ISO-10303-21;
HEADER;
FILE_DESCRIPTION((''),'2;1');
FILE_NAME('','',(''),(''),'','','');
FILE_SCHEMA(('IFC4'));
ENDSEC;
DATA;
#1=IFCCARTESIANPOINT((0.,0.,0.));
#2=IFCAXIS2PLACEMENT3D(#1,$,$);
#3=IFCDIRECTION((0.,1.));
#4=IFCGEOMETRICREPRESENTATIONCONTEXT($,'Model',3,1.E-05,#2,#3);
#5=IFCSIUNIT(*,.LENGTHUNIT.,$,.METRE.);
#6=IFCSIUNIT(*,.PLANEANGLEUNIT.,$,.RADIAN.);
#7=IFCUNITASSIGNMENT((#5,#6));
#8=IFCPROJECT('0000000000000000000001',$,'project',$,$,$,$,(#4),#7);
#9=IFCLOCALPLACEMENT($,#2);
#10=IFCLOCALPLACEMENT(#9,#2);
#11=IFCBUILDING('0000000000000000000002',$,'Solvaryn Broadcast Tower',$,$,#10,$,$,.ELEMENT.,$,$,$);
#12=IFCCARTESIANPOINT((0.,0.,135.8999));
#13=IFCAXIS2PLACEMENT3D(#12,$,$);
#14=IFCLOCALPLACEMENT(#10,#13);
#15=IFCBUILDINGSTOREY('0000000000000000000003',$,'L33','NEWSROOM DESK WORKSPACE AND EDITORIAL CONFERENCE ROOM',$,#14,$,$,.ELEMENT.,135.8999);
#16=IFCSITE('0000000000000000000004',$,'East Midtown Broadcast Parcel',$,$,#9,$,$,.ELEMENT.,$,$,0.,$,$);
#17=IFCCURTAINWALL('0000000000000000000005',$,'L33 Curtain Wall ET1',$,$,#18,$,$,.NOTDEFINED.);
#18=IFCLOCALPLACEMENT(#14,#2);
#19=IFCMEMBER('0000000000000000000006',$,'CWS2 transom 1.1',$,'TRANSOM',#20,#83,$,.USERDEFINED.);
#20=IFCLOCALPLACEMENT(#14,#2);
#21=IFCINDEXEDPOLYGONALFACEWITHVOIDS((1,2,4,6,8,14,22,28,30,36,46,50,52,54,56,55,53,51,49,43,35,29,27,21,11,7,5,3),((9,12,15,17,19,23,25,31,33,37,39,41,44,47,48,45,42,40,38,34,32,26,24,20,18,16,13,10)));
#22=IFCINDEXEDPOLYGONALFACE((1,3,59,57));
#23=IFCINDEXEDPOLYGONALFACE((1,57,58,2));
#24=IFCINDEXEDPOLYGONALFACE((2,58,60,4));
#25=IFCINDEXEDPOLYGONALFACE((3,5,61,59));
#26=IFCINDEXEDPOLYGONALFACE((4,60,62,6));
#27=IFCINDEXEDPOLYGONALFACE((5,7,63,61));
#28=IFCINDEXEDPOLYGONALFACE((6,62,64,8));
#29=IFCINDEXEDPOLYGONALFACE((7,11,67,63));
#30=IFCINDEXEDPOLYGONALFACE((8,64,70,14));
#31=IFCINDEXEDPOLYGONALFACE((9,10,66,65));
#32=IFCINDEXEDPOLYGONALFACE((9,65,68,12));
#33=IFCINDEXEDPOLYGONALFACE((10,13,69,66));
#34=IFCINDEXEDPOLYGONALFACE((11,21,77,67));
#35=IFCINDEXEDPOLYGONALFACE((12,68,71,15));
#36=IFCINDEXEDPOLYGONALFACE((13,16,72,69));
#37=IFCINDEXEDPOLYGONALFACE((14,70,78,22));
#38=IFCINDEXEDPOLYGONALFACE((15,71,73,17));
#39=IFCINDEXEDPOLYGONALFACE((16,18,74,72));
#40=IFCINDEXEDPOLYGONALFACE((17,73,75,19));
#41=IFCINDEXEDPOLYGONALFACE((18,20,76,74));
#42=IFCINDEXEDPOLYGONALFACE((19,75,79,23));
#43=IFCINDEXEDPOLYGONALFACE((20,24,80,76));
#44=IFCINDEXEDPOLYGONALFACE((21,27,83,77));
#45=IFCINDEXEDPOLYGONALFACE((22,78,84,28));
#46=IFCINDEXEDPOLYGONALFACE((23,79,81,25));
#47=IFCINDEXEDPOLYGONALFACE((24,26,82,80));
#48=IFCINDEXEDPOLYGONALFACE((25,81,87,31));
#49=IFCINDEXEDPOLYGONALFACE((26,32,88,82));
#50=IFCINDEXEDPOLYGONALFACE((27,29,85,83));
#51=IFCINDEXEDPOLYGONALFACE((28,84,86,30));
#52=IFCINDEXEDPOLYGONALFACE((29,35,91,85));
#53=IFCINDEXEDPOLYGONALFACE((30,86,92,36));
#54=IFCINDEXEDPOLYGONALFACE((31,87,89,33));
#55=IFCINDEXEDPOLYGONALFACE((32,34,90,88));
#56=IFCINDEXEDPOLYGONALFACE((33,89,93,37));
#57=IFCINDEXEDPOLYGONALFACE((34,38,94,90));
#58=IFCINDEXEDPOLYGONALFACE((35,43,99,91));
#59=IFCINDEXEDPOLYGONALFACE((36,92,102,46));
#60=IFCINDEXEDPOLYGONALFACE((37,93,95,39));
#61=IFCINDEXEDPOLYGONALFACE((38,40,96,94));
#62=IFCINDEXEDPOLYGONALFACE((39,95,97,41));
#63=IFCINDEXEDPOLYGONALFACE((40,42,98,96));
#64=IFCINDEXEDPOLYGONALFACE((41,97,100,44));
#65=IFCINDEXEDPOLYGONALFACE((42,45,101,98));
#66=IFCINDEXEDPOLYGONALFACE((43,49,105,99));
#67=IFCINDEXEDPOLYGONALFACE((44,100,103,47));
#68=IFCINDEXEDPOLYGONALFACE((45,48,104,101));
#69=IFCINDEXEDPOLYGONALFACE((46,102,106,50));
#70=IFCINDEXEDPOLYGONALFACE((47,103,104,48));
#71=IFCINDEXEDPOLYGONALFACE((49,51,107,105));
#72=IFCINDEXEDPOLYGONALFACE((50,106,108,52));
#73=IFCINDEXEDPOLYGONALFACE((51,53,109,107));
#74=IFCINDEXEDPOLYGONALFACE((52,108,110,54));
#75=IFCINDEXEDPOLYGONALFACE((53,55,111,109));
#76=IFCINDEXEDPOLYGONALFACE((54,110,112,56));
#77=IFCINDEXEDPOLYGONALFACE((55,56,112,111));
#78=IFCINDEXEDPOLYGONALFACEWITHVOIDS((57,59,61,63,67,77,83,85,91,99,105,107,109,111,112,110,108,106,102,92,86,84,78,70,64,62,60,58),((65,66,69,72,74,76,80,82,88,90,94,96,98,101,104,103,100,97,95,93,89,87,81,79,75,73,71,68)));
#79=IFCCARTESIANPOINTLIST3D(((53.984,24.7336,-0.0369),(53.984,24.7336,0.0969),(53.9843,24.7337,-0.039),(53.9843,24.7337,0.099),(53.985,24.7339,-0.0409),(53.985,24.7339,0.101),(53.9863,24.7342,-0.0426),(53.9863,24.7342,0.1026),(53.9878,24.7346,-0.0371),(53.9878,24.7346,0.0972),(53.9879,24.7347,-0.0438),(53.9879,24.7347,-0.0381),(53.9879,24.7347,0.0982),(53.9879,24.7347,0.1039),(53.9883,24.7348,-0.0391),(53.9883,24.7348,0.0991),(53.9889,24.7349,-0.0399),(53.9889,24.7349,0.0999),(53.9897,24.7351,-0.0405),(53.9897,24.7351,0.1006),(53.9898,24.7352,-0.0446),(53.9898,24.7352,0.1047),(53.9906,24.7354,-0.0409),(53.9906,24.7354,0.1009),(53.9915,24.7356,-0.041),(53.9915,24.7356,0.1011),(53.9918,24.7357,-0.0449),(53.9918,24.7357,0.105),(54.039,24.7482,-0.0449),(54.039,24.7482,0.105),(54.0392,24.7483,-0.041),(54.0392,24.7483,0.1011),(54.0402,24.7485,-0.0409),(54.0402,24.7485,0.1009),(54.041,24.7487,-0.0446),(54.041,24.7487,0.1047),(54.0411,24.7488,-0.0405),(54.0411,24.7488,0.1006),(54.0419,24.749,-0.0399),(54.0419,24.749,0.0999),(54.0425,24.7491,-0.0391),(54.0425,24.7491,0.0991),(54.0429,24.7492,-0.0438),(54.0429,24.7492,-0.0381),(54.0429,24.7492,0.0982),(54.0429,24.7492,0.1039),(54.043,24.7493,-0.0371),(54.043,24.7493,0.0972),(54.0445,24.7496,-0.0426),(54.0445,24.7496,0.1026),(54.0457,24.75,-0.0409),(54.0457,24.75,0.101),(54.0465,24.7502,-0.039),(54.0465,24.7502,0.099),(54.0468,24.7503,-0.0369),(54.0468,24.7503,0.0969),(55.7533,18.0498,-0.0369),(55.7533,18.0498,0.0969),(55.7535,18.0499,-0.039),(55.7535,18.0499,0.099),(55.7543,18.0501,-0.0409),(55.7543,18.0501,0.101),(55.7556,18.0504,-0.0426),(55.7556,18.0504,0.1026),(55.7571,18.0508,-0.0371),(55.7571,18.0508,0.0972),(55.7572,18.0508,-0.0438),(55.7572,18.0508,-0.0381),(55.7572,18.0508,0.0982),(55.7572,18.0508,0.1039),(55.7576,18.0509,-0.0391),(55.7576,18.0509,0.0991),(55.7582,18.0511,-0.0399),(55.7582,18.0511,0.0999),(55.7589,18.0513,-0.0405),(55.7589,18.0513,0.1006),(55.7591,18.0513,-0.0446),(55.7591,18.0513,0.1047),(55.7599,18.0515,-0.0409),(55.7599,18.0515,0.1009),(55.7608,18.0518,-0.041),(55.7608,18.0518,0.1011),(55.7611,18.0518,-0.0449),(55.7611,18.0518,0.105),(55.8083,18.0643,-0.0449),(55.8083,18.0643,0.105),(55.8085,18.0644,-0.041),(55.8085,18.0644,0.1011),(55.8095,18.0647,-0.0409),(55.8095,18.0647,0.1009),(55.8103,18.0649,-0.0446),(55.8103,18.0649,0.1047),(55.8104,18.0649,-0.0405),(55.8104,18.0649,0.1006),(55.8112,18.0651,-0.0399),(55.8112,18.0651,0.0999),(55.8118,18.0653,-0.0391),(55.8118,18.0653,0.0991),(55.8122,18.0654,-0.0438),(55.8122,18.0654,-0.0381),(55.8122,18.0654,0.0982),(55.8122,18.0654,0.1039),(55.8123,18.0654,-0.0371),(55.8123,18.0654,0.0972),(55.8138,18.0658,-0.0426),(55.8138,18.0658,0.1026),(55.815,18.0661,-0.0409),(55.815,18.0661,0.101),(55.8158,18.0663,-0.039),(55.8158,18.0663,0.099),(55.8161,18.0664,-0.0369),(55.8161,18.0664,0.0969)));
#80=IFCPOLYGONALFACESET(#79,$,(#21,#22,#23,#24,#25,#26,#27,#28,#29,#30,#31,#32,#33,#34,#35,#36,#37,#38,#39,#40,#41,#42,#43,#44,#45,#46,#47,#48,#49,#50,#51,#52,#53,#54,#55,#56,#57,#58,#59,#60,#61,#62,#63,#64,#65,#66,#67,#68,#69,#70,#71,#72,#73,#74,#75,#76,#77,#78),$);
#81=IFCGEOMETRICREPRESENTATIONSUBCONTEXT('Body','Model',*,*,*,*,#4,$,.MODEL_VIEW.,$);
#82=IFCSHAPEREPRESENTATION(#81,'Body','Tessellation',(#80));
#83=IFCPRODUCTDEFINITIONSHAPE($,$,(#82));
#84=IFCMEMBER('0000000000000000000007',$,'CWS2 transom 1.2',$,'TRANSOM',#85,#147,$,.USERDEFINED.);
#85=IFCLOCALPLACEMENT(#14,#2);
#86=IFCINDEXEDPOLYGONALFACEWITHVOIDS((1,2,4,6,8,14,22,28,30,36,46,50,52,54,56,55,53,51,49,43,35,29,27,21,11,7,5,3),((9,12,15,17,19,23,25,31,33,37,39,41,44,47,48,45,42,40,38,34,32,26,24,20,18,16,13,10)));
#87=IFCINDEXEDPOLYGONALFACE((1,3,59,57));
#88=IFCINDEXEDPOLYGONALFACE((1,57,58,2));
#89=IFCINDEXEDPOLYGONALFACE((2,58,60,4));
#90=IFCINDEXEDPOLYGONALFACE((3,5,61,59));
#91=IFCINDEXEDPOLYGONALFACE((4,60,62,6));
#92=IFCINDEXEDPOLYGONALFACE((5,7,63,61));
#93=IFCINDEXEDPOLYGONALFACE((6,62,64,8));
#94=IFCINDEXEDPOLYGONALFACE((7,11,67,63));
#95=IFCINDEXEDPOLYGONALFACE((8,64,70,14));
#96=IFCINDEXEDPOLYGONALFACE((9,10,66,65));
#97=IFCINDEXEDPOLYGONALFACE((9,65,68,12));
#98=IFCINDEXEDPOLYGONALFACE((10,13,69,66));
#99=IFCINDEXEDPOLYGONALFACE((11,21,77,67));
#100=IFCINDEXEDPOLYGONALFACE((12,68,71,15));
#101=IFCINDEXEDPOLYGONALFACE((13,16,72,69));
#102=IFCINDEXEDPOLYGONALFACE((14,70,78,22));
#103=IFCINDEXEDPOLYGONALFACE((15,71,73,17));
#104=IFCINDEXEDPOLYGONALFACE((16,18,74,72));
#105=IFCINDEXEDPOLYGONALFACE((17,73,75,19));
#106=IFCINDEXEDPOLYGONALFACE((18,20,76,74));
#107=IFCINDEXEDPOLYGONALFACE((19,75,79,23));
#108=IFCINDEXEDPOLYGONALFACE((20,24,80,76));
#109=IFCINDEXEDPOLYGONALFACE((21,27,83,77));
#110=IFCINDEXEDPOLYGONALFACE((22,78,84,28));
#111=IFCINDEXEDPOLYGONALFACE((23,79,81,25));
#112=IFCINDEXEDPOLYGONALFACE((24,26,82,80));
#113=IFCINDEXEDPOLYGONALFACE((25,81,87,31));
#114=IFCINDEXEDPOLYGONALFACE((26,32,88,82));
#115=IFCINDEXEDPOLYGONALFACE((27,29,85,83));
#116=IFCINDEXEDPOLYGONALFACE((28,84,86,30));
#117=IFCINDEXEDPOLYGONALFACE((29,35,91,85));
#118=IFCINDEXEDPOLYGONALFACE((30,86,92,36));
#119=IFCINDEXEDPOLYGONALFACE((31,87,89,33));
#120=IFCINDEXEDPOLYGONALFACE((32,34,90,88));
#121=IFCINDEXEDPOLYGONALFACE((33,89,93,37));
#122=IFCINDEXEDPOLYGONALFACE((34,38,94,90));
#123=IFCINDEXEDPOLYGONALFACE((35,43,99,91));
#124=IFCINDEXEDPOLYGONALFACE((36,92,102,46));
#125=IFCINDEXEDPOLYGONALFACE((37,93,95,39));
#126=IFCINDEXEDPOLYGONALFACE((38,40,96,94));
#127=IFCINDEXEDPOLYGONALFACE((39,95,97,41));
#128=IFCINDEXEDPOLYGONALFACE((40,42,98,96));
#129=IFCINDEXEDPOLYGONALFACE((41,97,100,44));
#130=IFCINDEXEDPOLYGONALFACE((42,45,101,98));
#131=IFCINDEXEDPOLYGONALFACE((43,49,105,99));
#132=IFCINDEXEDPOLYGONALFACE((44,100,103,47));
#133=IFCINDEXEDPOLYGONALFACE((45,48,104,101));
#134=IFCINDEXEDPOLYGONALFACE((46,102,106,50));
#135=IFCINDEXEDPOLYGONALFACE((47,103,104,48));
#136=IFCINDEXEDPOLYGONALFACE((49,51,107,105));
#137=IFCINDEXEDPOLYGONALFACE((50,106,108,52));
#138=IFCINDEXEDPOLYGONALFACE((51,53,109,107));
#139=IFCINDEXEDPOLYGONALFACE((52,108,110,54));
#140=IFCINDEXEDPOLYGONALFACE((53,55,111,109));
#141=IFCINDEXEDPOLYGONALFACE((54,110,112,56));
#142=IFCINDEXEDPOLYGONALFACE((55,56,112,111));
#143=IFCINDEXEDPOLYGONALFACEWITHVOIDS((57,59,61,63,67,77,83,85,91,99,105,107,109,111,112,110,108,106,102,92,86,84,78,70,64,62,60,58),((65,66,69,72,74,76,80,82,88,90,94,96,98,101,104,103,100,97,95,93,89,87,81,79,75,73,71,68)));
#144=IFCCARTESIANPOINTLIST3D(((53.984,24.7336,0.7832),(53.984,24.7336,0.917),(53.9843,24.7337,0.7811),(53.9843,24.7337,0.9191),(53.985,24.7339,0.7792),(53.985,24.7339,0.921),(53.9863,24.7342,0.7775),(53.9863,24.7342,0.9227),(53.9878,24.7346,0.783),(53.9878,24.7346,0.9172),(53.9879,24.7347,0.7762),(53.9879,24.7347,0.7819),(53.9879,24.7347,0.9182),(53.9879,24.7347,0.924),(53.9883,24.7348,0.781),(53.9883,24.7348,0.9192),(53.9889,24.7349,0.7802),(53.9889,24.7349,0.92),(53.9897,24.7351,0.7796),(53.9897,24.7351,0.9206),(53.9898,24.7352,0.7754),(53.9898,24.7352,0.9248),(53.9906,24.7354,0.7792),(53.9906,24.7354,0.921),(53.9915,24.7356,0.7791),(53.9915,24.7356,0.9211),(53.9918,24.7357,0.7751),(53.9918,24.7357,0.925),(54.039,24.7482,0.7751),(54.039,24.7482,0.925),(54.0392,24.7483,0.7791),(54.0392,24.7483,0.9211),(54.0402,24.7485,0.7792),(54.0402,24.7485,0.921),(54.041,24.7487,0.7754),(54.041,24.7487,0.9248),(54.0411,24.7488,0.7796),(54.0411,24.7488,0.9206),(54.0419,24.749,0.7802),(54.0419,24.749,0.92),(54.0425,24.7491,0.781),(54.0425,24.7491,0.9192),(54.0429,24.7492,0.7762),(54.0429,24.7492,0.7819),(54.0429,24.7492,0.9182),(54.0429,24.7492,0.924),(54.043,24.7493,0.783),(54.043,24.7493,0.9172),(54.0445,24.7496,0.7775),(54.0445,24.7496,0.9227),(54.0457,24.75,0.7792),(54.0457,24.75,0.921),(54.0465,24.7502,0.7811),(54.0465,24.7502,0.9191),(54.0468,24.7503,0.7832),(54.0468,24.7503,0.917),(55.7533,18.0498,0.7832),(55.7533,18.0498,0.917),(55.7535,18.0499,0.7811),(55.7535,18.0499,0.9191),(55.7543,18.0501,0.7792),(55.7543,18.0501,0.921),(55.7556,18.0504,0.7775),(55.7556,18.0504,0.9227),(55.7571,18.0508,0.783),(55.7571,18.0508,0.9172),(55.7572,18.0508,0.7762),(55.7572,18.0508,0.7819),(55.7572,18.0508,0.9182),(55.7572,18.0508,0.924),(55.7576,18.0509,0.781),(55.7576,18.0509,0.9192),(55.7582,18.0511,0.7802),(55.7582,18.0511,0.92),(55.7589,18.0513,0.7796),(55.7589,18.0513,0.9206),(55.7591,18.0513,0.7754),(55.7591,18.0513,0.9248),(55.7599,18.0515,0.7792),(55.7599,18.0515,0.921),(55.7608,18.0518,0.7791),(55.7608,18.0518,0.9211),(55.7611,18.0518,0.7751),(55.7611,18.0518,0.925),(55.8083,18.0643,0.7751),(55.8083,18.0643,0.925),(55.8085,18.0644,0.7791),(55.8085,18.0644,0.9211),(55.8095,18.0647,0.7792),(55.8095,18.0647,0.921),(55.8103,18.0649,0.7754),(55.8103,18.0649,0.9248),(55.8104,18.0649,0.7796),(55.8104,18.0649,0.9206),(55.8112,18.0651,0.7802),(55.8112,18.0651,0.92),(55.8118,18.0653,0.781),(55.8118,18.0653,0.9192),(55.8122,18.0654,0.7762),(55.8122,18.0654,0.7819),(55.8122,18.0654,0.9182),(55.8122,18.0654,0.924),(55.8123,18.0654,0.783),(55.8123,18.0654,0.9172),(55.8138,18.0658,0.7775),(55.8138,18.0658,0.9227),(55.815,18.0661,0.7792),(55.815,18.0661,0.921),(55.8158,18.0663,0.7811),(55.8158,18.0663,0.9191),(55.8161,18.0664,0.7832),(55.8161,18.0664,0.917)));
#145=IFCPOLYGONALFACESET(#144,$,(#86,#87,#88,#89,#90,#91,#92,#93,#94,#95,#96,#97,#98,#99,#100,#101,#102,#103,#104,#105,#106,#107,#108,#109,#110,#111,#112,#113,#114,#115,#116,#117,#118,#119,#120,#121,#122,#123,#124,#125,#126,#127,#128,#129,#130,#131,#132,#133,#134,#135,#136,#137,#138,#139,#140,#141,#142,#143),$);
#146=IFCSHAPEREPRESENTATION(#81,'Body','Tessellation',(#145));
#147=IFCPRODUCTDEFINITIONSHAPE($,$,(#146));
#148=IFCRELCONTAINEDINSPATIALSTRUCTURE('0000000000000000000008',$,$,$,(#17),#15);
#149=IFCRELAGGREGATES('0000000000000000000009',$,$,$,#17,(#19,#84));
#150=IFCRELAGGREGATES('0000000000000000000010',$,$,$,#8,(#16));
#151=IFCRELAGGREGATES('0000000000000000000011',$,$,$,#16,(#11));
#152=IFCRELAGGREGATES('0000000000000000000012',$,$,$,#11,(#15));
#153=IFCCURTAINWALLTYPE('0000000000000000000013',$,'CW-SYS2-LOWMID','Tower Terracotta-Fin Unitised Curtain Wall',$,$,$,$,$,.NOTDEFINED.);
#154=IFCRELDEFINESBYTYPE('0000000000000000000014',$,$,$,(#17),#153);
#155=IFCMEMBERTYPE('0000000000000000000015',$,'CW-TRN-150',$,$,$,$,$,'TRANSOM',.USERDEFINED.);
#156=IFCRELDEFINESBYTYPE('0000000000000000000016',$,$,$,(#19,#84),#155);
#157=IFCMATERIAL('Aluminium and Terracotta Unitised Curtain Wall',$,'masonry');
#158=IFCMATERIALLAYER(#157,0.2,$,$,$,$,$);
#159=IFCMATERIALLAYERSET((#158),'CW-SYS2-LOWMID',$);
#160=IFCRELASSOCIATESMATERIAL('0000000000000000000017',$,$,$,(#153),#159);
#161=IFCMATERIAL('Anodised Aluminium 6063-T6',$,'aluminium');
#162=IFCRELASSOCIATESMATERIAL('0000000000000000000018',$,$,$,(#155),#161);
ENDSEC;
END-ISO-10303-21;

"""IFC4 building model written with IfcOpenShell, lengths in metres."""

from ifc_helpers import new_model, si_unit, direction, frame, origin, origin_2d, place, context, subcontext, project, spatial, hollow_rectangle, extrude, material, layer, layer_set, material_profile, profile_set, type_object, element, aggregate, save


model = new_model("IFC4")

# Units and contexts
model_context = context("Model", 3, precision=1e-05, world=origin(), true_north=direction((0.0, 1.0)))
body_context = subcontext(model_context, "Body", "Model", "MODEL_VIEW")
ifc_project = project(units=[si_unit("LENGTHUNIT", "METRE"), si_unit("PLANEANGLEUNIT", "RADIAN")], contexts=[model_context])

# Site, building, storey
site_placement = place(None, origin())
site = spatial("IfcSite", under=ifc_project, at=site_placement, Name="East Midtown Broadcast Parcel", CompositionType="ELEMENT", RefElevation=0.0)
building_placement = place(site_placement, origin())
building = spatial("IfcBuilding", under=site, at=building_placement, Name="Solvaryn Broadcast Tower", CompositionType="ELEMENT")
storey_placement = place(building_placement, frame((0.0, 0.0, 135.8999)))
storey = spatial("IfcBuildingStorey", under=building, at=storey_placement, Name="L33", Description="NEWSROOM DESK WORKSPACE AND EDITORIAL CONFERENCE ROOM", CompositionType="ELEMENT", Elevation=135.8999)

# Curtain wall
ifc_material_1 = material(Name="Aluminium and Terracotta Unitised Curtain Wall", Category="masonry")
ifc_layer_1 = layer(ifc_material_1, 0.2)
ifc_layer_set_1 = layer_set([ifc_layer_1], Name="CW-SYS2-LOWMID")
curtain_wall_type = type_object("IfcCurtainWallType", Name="CW-SYS2-LOWMID", Description="Tower Terracotta-Fin Unitised Curtain Wall", PredefinedType="NOTDEFINED", material=ifc_layer_set_1)
curtain_wall_1_placement = place(storey_placement, origin())
curtain_wall_1 = element("IfcCurtainWall", 1, at=curtain_wall_1_placement, inside=storey, type_object=curtain_wall_type, Name="L33 Curtain Wall ET1", PredefinedType="NOTDEFINED")

# Members
ifc_material_2 = material(Name="Anodised Aluminium 6063-T6", Category="aluminium")
ifc_material_profile_1 = material_profile(ifc_material_2, hollow_rectangle(XDim=0.0649, YDim=0.1499, WallThickness=0.0039, InnerFilletRadius=0.0039, OuterFilletRadius=0.0081, at=origin_2d()))
ifc_profile_set_1 = profile_set([ifc_material_profile_1], Name="Anodised Aluminium 6063-T6")
member_type_1 = type_object("IfcMemberType", Name="CW-TRN-150", ElementType="TRANSOM", PredefinedType="USERDEFINED", material=ifc_profile_set_1)
member_1_placement = place(storey_placement, frame((54.0154, 24.7419, 0.03), z_axis=(0.255897, -0.966704, 0.0), x_axis=(0.966704, 0.255897, 0.0)))
member_1 = element("IfcMember", 2, at=member_1_placement, type_object=member_type_1, Name="CWS2 transom 1.1", ObjectType="TRANSOM", PredefinedType="USERDEFINED", context=body_context, shape_type="SweptSolid", body=[
    extrude(hollow_rectangle(XDim=0.0649, YDim=0.1499, WallThickness=0.0039, InnerFilletRadius=0.0039, OuterFilletRadius=0.0081, at=origin_2d()), origin(), (0.0, 0.0, 1.0), 6.9141),
])
member_2_placement = place(storey_placement, frame((54.0154, 24.7419, 0.8501), z_axis=(0.255897, -0.966704, 0.0), x_axis=(0.966704, 0.255897, 0.0)))
member_2 = element("IfcMember", 3, at=member_2_placement, type_object=member_type_1, Name="CWS2 transom 1.2", ObjectType="TRANSOM", PredefinedType="USERDEFINED", context=body_context, shape_type="SweptSolid", body=[
    extrude(hollow_rectangle(XDim=0.0649, YDim=0.1499, WallThickness=0.0039, InnerFilletRadius=0.0039, OuterFilletRadius=0.0081, at=origin_2d()), origin(), (0.0, 0.0, 1.0), 6.9141),
])

aggregate(curtain_wall_1, [member_1, member_2])

save(model, "model.ifc")
